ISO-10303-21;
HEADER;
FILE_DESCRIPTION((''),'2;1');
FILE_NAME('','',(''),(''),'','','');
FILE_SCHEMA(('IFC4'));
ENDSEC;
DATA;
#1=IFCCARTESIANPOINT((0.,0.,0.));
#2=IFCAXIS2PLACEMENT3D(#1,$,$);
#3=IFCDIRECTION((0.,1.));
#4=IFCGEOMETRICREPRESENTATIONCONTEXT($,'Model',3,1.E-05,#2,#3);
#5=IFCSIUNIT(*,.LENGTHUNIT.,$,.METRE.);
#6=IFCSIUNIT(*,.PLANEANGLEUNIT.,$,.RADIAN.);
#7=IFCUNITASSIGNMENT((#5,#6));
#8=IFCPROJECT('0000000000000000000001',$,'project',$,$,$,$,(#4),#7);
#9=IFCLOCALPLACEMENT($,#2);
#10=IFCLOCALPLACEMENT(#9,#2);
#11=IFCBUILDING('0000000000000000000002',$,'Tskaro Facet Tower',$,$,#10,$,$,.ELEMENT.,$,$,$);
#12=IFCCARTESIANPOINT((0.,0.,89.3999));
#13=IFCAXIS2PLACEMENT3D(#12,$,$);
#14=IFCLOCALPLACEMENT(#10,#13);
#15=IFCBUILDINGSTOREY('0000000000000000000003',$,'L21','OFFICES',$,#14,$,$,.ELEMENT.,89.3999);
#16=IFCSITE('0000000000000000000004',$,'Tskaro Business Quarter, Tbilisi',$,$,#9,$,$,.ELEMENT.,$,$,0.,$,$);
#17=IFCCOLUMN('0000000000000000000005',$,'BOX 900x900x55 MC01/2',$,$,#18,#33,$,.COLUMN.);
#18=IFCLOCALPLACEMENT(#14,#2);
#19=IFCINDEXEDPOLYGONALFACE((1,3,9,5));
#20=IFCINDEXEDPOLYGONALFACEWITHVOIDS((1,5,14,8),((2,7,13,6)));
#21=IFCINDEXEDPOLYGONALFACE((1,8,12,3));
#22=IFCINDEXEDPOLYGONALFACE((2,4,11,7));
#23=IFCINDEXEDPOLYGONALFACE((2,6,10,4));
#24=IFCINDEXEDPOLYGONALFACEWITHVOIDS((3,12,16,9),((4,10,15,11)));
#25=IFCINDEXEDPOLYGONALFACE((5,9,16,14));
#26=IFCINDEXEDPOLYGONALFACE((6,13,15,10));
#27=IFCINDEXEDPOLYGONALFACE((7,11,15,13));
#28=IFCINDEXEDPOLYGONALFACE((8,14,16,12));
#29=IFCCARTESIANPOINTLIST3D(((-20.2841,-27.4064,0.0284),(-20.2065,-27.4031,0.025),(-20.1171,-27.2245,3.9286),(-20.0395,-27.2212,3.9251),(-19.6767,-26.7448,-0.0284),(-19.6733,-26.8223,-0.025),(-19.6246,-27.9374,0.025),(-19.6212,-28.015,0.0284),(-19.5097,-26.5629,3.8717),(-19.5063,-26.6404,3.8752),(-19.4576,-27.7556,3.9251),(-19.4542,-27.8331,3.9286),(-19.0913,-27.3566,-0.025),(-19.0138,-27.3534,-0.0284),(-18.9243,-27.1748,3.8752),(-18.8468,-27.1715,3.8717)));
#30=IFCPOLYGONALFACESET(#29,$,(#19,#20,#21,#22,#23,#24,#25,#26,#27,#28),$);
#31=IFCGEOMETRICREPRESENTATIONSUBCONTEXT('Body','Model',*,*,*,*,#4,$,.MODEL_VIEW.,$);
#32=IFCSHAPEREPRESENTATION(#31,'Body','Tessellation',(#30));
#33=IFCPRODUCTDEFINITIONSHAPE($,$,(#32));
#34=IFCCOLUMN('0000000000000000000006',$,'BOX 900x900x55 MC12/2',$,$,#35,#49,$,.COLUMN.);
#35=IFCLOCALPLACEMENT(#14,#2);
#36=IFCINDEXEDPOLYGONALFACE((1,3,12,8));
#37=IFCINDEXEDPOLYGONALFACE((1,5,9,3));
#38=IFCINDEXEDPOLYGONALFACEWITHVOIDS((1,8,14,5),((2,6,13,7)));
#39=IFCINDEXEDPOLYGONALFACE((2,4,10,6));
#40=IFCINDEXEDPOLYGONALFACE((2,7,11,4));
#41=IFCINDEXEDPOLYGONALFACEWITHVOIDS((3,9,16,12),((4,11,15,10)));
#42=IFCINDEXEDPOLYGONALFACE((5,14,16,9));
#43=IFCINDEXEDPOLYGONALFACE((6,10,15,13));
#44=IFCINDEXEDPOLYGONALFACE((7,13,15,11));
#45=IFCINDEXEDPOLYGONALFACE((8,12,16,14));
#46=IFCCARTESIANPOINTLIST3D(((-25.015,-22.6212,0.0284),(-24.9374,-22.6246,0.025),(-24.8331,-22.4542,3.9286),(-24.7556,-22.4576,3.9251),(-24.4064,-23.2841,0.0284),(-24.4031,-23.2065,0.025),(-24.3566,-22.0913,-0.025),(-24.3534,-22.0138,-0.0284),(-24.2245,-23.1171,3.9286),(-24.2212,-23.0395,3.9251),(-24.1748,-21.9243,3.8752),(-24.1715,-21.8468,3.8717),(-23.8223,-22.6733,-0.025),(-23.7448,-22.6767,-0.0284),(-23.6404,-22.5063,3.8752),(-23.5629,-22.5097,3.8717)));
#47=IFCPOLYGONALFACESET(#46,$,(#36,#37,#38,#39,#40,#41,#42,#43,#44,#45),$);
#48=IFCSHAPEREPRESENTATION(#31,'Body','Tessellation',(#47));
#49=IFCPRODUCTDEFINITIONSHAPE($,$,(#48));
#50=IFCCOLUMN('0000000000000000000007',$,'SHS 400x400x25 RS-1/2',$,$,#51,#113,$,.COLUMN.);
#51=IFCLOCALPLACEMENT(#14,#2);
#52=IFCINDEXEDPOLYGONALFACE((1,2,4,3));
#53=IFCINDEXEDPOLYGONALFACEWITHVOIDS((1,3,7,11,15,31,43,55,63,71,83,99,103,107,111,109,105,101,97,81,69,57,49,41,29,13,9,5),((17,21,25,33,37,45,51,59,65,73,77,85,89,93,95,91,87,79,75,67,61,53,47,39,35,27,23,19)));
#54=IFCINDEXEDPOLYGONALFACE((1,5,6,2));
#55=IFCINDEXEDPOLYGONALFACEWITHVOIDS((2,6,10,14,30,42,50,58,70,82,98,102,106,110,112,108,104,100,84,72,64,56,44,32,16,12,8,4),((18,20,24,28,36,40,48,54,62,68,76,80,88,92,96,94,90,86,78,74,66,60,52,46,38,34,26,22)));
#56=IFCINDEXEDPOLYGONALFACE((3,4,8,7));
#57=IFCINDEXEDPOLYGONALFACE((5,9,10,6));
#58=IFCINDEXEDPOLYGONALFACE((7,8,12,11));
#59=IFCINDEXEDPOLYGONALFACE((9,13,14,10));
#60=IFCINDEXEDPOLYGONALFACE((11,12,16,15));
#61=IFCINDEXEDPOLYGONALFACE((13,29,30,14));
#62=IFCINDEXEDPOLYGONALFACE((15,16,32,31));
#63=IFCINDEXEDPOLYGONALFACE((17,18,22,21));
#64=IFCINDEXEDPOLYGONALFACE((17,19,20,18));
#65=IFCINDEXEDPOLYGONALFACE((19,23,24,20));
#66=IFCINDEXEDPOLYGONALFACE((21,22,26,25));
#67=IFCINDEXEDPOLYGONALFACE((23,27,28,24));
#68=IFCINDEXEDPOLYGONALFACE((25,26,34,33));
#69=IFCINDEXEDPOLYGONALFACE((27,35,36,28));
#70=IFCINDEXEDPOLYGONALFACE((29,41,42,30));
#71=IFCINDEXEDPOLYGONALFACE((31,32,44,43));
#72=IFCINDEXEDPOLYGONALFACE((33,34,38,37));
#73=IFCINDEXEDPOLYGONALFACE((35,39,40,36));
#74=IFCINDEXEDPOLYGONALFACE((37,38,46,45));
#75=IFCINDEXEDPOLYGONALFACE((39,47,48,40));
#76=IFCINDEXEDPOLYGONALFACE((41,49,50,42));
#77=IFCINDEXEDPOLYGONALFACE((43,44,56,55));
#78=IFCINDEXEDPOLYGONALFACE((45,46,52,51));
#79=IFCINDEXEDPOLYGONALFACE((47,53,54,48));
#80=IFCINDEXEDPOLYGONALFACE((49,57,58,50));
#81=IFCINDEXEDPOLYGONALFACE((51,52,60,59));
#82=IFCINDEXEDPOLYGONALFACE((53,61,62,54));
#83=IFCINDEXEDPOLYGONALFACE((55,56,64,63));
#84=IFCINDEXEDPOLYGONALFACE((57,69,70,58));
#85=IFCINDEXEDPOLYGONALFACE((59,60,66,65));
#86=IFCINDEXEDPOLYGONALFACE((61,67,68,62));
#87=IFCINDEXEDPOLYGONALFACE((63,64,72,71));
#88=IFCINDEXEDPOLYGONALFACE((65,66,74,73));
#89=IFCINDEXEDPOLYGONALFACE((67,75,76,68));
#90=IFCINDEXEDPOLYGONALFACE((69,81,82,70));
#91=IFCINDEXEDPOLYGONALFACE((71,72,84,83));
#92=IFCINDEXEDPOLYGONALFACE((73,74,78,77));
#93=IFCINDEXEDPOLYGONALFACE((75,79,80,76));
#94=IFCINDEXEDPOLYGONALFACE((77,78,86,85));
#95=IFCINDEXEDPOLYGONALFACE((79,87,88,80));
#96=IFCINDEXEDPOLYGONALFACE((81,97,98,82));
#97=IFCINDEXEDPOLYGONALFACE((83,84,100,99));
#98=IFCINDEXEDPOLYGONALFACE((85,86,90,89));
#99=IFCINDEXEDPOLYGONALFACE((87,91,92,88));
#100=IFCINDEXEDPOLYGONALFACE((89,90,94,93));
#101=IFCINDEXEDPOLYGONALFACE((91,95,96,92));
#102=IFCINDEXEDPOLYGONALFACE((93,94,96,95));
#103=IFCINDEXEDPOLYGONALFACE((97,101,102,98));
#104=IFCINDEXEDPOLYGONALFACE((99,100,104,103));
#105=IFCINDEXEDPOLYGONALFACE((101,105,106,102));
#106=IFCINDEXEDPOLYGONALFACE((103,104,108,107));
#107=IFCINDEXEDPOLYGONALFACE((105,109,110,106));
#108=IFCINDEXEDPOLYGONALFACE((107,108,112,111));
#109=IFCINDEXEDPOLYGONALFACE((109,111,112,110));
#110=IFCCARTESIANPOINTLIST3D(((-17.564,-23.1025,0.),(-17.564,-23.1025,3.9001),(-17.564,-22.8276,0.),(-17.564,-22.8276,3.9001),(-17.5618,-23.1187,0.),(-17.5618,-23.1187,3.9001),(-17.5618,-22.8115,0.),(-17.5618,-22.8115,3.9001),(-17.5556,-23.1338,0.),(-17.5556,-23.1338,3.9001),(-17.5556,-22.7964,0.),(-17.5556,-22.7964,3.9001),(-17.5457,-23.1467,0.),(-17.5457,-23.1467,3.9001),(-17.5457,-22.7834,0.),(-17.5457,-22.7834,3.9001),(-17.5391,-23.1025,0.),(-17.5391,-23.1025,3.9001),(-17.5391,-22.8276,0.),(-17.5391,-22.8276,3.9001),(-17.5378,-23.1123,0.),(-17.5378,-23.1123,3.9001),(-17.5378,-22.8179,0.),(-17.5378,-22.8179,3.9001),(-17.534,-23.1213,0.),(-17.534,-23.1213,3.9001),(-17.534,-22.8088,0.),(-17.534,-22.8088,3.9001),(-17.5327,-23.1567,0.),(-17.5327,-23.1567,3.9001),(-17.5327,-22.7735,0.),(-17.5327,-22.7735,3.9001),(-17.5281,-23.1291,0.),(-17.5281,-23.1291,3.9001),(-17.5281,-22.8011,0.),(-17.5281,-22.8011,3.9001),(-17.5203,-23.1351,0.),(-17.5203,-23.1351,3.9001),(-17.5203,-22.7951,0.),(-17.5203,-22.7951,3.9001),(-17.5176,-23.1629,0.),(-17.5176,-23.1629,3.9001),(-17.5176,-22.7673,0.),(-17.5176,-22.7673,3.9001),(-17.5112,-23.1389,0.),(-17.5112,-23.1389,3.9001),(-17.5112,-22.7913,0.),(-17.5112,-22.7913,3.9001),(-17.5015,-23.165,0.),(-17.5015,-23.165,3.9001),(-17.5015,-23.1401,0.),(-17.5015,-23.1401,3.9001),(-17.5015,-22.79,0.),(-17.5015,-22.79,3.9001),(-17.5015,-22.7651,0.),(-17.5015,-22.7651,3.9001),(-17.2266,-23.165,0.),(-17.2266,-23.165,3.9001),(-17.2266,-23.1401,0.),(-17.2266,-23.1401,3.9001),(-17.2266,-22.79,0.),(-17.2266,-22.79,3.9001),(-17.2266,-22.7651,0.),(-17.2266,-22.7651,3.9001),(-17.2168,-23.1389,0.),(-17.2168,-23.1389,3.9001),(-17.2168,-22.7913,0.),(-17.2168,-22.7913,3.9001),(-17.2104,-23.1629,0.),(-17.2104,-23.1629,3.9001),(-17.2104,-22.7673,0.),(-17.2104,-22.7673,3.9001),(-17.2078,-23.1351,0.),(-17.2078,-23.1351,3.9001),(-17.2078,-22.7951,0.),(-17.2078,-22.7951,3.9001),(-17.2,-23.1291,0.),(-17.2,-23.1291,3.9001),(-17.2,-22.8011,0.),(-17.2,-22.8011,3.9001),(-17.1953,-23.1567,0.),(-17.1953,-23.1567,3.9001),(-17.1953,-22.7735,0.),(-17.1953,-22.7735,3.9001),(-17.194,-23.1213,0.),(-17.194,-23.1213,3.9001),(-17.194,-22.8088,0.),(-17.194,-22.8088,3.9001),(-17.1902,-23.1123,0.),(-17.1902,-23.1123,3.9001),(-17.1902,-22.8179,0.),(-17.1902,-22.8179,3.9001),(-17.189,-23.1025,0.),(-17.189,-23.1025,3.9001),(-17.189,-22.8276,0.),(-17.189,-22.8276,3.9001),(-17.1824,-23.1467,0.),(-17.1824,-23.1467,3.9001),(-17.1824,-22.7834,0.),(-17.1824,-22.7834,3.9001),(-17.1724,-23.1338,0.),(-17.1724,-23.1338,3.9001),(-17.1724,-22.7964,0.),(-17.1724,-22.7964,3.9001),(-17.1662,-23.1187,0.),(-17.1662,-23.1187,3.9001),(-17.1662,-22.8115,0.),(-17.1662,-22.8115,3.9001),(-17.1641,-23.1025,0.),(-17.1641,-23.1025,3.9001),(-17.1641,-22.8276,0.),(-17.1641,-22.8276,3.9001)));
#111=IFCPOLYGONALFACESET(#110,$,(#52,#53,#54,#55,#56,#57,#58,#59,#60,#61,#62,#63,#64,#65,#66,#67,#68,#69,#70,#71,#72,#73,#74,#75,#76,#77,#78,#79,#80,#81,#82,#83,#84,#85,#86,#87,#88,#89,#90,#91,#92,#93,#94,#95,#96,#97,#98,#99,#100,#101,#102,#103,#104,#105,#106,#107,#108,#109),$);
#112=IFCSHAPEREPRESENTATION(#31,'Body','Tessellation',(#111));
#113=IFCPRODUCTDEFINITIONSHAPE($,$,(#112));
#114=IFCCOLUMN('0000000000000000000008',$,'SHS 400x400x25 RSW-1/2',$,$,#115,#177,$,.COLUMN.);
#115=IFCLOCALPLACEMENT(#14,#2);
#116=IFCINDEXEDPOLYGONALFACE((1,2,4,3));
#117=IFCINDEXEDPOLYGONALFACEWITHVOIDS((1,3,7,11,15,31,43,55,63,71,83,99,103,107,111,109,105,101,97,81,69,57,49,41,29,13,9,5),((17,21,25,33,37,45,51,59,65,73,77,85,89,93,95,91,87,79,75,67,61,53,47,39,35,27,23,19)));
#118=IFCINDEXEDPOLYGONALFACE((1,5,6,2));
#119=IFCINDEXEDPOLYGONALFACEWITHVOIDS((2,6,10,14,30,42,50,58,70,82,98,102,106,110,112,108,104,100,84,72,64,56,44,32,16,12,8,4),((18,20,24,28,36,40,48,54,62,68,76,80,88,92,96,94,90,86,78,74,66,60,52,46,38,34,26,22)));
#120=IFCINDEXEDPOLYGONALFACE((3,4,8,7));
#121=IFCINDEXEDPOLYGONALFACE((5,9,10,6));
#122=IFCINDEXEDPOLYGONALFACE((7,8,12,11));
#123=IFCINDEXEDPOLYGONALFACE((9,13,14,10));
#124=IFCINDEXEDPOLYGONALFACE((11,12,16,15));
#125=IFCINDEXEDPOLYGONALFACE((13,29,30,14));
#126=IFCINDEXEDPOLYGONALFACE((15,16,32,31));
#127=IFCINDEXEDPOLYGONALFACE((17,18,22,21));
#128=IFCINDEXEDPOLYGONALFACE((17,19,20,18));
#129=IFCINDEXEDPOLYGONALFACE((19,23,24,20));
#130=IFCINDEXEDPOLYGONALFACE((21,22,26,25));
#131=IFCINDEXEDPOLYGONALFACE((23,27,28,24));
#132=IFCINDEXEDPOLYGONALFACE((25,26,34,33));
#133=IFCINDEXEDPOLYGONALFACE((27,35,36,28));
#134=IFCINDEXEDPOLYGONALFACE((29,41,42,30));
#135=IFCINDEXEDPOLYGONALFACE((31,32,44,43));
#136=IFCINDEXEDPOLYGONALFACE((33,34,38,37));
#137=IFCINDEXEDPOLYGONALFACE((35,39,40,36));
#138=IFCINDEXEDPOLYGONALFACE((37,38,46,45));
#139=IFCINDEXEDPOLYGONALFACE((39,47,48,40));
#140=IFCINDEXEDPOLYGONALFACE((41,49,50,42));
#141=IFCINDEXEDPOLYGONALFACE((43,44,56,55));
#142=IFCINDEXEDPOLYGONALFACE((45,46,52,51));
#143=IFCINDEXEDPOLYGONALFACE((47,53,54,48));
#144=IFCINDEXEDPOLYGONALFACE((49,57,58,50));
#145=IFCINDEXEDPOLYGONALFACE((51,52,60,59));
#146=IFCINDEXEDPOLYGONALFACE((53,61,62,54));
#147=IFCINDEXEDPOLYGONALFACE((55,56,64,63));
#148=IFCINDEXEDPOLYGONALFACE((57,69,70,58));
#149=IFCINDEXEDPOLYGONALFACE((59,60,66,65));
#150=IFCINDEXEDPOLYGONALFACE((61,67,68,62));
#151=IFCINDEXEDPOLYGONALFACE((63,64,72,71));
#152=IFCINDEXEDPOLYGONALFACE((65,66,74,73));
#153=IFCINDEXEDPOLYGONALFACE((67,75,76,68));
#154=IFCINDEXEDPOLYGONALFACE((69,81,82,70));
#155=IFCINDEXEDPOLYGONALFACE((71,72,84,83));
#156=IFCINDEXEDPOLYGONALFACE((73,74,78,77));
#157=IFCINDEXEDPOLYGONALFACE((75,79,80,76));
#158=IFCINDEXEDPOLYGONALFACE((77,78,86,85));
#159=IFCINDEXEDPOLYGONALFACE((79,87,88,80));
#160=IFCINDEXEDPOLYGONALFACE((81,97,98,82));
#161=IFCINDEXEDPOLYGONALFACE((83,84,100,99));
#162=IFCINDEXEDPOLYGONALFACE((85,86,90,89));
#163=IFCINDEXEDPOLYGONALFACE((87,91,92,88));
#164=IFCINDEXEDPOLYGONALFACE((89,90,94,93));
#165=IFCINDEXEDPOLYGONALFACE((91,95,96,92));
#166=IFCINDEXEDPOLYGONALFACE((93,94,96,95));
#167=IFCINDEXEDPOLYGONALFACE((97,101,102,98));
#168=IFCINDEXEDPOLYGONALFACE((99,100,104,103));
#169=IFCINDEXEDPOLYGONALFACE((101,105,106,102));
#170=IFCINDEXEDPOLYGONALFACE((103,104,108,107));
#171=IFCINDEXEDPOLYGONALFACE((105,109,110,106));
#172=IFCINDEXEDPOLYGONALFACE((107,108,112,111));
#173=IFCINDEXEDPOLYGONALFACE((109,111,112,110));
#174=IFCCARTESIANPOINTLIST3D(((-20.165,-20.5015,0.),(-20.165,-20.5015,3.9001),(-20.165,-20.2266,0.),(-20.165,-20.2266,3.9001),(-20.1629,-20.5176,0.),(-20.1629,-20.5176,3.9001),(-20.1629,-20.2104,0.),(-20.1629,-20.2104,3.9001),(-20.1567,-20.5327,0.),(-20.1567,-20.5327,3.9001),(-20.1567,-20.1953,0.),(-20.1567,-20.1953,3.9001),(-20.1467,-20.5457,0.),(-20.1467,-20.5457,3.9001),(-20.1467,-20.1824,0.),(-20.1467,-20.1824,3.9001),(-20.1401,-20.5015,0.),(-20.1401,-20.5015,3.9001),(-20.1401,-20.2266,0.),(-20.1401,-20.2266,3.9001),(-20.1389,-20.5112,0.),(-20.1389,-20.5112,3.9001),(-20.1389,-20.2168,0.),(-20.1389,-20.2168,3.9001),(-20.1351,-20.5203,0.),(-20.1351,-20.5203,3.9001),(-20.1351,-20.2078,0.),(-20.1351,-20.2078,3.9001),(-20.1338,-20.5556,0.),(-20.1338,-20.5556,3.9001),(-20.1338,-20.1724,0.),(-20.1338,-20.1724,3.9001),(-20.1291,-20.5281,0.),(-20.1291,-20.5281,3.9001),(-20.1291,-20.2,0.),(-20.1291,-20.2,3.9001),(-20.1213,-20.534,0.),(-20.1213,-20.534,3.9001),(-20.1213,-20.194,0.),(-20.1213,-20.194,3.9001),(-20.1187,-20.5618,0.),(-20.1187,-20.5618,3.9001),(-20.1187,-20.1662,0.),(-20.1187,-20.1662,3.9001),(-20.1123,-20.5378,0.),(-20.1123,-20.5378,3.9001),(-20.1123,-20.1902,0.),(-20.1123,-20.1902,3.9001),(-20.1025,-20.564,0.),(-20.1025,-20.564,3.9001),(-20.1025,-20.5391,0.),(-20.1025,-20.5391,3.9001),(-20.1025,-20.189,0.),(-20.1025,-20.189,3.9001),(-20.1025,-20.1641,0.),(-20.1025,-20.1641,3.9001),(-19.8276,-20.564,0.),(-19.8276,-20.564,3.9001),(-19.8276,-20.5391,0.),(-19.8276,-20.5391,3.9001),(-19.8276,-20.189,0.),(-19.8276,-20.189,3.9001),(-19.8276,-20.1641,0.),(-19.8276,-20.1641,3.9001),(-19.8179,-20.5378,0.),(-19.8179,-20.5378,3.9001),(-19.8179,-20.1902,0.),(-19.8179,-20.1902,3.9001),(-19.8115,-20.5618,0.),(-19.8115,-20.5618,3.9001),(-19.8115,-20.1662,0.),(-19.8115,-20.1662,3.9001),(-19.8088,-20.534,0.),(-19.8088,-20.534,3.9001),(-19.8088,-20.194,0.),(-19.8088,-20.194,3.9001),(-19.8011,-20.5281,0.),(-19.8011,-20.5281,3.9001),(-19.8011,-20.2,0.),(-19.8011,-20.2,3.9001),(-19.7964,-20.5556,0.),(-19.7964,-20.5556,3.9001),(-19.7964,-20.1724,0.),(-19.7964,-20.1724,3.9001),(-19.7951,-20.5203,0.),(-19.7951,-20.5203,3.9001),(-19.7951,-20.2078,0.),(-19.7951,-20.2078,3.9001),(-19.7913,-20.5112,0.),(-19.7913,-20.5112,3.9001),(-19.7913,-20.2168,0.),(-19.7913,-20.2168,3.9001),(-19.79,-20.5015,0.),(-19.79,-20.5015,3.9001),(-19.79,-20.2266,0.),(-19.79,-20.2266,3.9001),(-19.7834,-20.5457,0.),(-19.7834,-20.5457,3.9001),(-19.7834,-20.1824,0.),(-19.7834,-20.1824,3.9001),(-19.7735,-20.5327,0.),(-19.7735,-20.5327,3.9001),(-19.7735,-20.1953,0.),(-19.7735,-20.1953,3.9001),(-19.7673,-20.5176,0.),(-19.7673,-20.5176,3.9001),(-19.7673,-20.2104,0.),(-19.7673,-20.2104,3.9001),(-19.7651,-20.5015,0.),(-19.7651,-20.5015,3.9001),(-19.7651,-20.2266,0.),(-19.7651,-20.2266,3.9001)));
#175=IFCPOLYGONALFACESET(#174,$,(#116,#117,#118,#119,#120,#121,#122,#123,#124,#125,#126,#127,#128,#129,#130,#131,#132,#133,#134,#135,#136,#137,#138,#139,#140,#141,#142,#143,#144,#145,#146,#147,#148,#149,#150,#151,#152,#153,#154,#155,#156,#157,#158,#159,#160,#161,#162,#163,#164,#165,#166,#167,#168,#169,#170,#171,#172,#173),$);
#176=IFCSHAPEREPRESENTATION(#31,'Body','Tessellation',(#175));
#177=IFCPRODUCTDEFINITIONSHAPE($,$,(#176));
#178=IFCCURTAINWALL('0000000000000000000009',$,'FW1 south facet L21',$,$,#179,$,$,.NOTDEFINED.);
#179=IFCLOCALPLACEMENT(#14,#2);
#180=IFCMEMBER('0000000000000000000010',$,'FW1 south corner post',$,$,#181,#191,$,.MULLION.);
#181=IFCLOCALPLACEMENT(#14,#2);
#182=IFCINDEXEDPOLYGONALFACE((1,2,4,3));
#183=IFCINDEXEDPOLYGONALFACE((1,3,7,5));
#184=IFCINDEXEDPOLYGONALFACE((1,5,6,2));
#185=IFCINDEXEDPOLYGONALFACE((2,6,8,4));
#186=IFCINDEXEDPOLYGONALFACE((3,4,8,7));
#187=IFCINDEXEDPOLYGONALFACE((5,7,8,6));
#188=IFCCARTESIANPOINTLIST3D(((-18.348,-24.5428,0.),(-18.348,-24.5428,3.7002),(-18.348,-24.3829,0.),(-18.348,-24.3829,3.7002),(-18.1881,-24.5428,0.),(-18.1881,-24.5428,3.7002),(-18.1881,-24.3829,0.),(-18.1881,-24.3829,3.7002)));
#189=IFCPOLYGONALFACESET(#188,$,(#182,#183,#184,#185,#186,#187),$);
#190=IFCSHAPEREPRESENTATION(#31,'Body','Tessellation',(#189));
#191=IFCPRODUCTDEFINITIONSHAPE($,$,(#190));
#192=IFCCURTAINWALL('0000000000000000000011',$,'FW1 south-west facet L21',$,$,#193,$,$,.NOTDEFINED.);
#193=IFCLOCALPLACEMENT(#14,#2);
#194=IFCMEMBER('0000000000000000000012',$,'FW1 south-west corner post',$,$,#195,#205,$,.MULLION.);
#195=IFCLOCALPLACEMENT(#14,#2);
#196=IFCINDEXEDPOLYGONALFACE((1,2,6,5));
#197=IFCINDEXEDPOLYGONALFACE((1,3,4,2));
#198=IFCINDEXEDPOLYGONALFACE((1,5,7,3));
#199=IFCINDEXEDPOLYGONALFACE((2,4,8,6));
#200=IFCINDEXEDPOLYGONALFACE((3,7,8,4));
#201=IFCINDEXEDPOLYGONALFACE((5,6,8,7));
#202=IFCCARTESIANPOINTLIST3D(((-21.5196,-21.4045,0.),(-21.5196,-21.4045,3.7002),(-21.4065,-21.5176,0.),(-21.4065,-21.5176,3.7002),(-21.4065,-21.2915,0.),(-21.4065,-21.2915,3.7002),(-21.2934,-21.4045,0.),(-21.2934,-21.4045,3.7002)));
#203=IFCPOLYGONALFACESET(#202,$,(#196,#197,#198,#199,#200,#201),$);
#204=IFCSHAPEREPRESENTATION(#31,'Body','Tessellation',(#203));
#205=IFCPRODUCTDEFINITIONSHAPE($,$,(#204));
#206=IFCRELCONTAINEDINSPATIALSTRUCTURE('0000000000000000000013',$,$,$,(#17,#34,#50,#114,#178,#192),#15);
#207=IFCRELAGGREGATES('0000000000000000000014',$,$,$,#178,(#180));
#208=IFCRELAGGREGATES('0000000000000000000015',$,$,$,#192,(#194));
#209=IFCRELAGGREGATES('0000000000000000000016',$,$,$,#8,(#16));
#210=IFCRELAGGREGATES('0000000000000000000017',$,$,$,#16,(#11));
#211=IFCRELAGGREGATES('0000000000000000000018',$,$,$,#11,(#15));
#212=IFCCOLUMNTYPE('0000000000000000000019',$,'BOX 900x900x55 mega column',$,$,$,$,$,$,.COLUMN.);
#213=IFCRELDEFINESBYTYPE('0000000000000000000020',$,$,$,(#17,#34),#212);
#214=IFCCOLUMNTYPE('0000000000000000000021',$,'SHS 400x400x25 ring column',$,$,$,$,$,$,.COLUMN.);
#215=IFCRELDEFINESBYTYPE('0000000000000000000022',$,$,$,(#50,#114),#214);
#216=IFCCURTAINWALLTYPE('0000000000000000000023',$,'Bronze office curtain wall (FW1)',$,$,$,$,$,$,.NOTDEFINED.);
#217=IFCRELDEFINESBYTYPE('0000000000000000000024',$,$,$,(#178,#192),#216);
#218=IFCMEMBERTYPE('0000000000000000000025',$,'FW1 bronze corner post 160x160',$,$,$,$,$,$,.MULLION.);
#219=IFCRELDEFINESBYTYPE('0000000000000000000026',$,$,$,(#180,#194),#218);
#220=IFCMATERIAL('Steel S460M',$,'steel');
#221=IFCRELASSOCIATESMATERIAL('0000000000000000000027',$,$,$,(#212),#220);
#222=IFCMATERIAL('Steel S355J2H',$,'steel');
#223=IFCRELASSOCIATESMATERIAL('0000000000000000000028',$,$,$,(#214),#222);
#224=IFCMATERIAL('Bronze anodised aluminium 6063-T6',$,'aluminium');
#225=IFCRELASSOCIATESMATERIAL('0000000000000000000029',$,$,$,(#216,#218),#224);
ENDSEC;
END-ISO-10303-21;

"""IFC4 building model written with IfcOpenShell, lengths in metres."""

from ifc_helpers import new_model, si_unit, direction, frame, origin, origin_2d, place, context, subcontext, project, spatial, rectangle, hollow_rectangle, extrude, material, material_profile, profile_set, type_object, element, aggregate, save


model = new_model("IFC4")

# Units and contexts
model_context = context("Model", 3, precision=1e-05, world=origin(), true_north=direction((0.0, 1.0)))
body_context = subcontext(model_context, "Body", "Model", "MODEL_VIEW")
ifc_project = project(units=[si_unit("LENGTHUNIT", "METRE"), si_unit("PLANEANGLEUNIT", "RADIAN")], contexts=[model_context])

# Site, building, storey
site_placement = place(None, origin())
site = spatial("IfcSite", under=ifc_project, at=site_placement, Name="Tskaro Business Quarter, Tbilisi", CompositionType="ELEMENT", RefElevation=0.0)
building_placement = place(site_placement, origin())
building = spatial("IfcBuilding", under=site, at=building_placement, Name="Tskaro Facet Tower", CompositionType="ELEMENT")
storey_placement = place(building_placement, frame((0.0, 0.0, 89.3999)))
storey = spatial("IfcBuildingStorey", under=building, at=storey_placement, Name="L21", Description="OFFICES", CompositionType="ELEMENT", Elevation=89.3999)

# Columns
ifc_material_1 = material(Name="Steel S460M", Category="steel")
ifc_material_profile_1 = material_profile(ifc_material_1, hollow_rectangle(XDim=0.8999, YDim=0.8999, WallThickness=0.0549, at=origin_2d()), Name="BOX 900x900x55")
ifc_profile_set_1 = profile_set([ifc_material_profile_1], Name="Steel S460M")
column_type_1 = type_object("IfcColumnType", Name="BOX 900x900x55 mega column", PredefinedType="COLUMN", material=ifc_profile_set_1)
for number, where, z_axis, x_axis, name in (
    (1, (-19.6489, -27.3799, 0.0), (0.042731, 0.046542, 0.998002), (-0.73662, 0.676306, 0.0), "BOX 900x900x55 MC01/2"),
    (2, (-24.3799, -22.6489, 0.0), (0.046542, 0.042731, 0.998002), (-0.676306, 0.73662, 0.0), "BOX 900x900x55 MC12/2"),
):
    element("IfcColumn", number, at=place(storey_placement, frame(where, z_axis=z_axis, x_axis=x_axis)), inside=storey, type_object=column_type_1, Name=name, PredefinedType="COLUMN", context=body_context, shape_type="SweptSolid", body=[
        extrude(hollow_rectangle(XDim=0.8999, YDim=0.8999, WallThickness=0.0549, at=origin_2d()), origin(), (0.0, 0.0, 1.0), 3.908),
    ])
ifc_material_2 = material(Name="Steel S355J2H", Category="steel")
ifc_material_profile_2 = material_profile(ifc_material_2, hollow_rectangle(XDim=0.3999, YDim=0.3999, WallThickness=0.0249, InnerFilletRadius=0.0376, OuterFilletRadius=0.0625, at=origin_2d()), Name="SHS 400x400x25")
ifc_profile_set_2 = profile_set([ifc_material_profile_2], Name="Steel S355J2H")
column_type_2 = type_object("IfcColumnType", Name="SHS 400x400x25 ring column", PredefinedType="COLUMN", material=ifc_profile_set_2)
for number, where, z_axis, x_axis, name in (
    (3, (-17.364, -22.9651, 0.0), (0.0, 0.0, 1.0), (1.0, 0.0, 0.0), "SHS 400x400x25 RS-1/2"),
    (4, (-19.9651, -20.364, 0.0), (0.0, 0.0, 1.0), (1.0, 0.0, 0.0), "SHS 400x400x25 RSW-1/2"),
):
    element("IfcColumn", number, at=place(storey_placement, frame(where, z_axis=z_axis, x_axis=x_axis)), inside=storey, type_object=column_type_2, Name=name, PredefinedType="COLUMN", context=body_context, shape_type="SweptSolid", body=[
        extrude(hollow_rectangle(XDim=0.3999, YDim=0.3999, WallThickness=0.0249, InnerFilletRadius=0.0376, OuterFilletRadius=0.0625, at=origin_2d()), origin(), (0.0, 0.0, 1.0), 3.9001),
    ])

# Curtain walls, members
ifc_material_3 = material(Name="Bronze anodised aluminium 6063-T6", Category="aluminium")
curtain_wall_type = type_object("IfcCurtainWallType", Name="Bronze office curtain wall (FW1)", PredefinedType="NOTDEFINED", material=ifc_material_3)
curtain_wall_1_placement = place(storey_placement, origin())
curtain_wall_1 = element("IfcCurtainWall", 5, at=curtain_wall_1_placement, inside=storey, type_object=curtain_wall_type, Name="FW1 south facet L21", PredefinedType="NOTDEFINED")
ifc_material_profile_3 = material_profile(ifc_material_3, rectangle(XDim=0.1599, YDim=0.1599, at=origin_2d()), Name="Corner post 160x160")
ifc_profile_set_3 = profile_set([ifc_material_profile_3], Name="Bronze anodised aluminium 6063-T6")
member_type_1 = type_object("IfcMemberType", Name="FW1 bronze corner post 160x160", PredefinedType="MULLION", material=ifc_profile_set_3)
member_1_placement = place(storey_placement, frame((-18.2681, -24.4629, 0.0), z_axis=(0.0, 0.0, 1.0), x_axis=(1.0, 0.0, 0.0)))
member_1 = element("IfcMember", 6, at=member_1_placement, type_object=member_type_1, Name="FW1 south corner post", PredefinedType="MULLION", context=body_context, shape_type="SweptSolid", body=[
    extrude(rectangle(XDim=0.1599, YDim=0.1599, at=origin_2d()), origin(), (0.0, 0.0, 1.0), 3.7002),
])
curtain_wall_2_placement = place(storey_placement, origin())
curtain_wall_2 = element("IfcCurtainWall", 7, at=curtain_wall_2_placement, inside=storey, type_object=curtain_wall_type, Name="FW1 south-west facet L21", PredefinedType="NOTDEFINED")
member_2_placement = place(storey_placement, frame((-21.4065, -21.4045, 0.0), z_axis=(0.0, 0.0, 1.0), x_axis=(0.707107, -0.707107, 0.0)))
member_2 = element("IfcMember", 8, at=member_2_placement, type_object=member_type_1, Name="FW1 south-west corner post", PredefinedType="MULLION", context=body_context, shape_type="SweptSolid", body=[
    extrude(rectangle(XDim=0.1599, YDim=0.1599, at=origin_2d()), origin(), (0.0, 0.0, 1.0), 3.7002),
])

aggregate(curtain_wall_1, [member_1])
aggregate(curtain_wall_2, [member_2])

save(model, "model.ifc")
